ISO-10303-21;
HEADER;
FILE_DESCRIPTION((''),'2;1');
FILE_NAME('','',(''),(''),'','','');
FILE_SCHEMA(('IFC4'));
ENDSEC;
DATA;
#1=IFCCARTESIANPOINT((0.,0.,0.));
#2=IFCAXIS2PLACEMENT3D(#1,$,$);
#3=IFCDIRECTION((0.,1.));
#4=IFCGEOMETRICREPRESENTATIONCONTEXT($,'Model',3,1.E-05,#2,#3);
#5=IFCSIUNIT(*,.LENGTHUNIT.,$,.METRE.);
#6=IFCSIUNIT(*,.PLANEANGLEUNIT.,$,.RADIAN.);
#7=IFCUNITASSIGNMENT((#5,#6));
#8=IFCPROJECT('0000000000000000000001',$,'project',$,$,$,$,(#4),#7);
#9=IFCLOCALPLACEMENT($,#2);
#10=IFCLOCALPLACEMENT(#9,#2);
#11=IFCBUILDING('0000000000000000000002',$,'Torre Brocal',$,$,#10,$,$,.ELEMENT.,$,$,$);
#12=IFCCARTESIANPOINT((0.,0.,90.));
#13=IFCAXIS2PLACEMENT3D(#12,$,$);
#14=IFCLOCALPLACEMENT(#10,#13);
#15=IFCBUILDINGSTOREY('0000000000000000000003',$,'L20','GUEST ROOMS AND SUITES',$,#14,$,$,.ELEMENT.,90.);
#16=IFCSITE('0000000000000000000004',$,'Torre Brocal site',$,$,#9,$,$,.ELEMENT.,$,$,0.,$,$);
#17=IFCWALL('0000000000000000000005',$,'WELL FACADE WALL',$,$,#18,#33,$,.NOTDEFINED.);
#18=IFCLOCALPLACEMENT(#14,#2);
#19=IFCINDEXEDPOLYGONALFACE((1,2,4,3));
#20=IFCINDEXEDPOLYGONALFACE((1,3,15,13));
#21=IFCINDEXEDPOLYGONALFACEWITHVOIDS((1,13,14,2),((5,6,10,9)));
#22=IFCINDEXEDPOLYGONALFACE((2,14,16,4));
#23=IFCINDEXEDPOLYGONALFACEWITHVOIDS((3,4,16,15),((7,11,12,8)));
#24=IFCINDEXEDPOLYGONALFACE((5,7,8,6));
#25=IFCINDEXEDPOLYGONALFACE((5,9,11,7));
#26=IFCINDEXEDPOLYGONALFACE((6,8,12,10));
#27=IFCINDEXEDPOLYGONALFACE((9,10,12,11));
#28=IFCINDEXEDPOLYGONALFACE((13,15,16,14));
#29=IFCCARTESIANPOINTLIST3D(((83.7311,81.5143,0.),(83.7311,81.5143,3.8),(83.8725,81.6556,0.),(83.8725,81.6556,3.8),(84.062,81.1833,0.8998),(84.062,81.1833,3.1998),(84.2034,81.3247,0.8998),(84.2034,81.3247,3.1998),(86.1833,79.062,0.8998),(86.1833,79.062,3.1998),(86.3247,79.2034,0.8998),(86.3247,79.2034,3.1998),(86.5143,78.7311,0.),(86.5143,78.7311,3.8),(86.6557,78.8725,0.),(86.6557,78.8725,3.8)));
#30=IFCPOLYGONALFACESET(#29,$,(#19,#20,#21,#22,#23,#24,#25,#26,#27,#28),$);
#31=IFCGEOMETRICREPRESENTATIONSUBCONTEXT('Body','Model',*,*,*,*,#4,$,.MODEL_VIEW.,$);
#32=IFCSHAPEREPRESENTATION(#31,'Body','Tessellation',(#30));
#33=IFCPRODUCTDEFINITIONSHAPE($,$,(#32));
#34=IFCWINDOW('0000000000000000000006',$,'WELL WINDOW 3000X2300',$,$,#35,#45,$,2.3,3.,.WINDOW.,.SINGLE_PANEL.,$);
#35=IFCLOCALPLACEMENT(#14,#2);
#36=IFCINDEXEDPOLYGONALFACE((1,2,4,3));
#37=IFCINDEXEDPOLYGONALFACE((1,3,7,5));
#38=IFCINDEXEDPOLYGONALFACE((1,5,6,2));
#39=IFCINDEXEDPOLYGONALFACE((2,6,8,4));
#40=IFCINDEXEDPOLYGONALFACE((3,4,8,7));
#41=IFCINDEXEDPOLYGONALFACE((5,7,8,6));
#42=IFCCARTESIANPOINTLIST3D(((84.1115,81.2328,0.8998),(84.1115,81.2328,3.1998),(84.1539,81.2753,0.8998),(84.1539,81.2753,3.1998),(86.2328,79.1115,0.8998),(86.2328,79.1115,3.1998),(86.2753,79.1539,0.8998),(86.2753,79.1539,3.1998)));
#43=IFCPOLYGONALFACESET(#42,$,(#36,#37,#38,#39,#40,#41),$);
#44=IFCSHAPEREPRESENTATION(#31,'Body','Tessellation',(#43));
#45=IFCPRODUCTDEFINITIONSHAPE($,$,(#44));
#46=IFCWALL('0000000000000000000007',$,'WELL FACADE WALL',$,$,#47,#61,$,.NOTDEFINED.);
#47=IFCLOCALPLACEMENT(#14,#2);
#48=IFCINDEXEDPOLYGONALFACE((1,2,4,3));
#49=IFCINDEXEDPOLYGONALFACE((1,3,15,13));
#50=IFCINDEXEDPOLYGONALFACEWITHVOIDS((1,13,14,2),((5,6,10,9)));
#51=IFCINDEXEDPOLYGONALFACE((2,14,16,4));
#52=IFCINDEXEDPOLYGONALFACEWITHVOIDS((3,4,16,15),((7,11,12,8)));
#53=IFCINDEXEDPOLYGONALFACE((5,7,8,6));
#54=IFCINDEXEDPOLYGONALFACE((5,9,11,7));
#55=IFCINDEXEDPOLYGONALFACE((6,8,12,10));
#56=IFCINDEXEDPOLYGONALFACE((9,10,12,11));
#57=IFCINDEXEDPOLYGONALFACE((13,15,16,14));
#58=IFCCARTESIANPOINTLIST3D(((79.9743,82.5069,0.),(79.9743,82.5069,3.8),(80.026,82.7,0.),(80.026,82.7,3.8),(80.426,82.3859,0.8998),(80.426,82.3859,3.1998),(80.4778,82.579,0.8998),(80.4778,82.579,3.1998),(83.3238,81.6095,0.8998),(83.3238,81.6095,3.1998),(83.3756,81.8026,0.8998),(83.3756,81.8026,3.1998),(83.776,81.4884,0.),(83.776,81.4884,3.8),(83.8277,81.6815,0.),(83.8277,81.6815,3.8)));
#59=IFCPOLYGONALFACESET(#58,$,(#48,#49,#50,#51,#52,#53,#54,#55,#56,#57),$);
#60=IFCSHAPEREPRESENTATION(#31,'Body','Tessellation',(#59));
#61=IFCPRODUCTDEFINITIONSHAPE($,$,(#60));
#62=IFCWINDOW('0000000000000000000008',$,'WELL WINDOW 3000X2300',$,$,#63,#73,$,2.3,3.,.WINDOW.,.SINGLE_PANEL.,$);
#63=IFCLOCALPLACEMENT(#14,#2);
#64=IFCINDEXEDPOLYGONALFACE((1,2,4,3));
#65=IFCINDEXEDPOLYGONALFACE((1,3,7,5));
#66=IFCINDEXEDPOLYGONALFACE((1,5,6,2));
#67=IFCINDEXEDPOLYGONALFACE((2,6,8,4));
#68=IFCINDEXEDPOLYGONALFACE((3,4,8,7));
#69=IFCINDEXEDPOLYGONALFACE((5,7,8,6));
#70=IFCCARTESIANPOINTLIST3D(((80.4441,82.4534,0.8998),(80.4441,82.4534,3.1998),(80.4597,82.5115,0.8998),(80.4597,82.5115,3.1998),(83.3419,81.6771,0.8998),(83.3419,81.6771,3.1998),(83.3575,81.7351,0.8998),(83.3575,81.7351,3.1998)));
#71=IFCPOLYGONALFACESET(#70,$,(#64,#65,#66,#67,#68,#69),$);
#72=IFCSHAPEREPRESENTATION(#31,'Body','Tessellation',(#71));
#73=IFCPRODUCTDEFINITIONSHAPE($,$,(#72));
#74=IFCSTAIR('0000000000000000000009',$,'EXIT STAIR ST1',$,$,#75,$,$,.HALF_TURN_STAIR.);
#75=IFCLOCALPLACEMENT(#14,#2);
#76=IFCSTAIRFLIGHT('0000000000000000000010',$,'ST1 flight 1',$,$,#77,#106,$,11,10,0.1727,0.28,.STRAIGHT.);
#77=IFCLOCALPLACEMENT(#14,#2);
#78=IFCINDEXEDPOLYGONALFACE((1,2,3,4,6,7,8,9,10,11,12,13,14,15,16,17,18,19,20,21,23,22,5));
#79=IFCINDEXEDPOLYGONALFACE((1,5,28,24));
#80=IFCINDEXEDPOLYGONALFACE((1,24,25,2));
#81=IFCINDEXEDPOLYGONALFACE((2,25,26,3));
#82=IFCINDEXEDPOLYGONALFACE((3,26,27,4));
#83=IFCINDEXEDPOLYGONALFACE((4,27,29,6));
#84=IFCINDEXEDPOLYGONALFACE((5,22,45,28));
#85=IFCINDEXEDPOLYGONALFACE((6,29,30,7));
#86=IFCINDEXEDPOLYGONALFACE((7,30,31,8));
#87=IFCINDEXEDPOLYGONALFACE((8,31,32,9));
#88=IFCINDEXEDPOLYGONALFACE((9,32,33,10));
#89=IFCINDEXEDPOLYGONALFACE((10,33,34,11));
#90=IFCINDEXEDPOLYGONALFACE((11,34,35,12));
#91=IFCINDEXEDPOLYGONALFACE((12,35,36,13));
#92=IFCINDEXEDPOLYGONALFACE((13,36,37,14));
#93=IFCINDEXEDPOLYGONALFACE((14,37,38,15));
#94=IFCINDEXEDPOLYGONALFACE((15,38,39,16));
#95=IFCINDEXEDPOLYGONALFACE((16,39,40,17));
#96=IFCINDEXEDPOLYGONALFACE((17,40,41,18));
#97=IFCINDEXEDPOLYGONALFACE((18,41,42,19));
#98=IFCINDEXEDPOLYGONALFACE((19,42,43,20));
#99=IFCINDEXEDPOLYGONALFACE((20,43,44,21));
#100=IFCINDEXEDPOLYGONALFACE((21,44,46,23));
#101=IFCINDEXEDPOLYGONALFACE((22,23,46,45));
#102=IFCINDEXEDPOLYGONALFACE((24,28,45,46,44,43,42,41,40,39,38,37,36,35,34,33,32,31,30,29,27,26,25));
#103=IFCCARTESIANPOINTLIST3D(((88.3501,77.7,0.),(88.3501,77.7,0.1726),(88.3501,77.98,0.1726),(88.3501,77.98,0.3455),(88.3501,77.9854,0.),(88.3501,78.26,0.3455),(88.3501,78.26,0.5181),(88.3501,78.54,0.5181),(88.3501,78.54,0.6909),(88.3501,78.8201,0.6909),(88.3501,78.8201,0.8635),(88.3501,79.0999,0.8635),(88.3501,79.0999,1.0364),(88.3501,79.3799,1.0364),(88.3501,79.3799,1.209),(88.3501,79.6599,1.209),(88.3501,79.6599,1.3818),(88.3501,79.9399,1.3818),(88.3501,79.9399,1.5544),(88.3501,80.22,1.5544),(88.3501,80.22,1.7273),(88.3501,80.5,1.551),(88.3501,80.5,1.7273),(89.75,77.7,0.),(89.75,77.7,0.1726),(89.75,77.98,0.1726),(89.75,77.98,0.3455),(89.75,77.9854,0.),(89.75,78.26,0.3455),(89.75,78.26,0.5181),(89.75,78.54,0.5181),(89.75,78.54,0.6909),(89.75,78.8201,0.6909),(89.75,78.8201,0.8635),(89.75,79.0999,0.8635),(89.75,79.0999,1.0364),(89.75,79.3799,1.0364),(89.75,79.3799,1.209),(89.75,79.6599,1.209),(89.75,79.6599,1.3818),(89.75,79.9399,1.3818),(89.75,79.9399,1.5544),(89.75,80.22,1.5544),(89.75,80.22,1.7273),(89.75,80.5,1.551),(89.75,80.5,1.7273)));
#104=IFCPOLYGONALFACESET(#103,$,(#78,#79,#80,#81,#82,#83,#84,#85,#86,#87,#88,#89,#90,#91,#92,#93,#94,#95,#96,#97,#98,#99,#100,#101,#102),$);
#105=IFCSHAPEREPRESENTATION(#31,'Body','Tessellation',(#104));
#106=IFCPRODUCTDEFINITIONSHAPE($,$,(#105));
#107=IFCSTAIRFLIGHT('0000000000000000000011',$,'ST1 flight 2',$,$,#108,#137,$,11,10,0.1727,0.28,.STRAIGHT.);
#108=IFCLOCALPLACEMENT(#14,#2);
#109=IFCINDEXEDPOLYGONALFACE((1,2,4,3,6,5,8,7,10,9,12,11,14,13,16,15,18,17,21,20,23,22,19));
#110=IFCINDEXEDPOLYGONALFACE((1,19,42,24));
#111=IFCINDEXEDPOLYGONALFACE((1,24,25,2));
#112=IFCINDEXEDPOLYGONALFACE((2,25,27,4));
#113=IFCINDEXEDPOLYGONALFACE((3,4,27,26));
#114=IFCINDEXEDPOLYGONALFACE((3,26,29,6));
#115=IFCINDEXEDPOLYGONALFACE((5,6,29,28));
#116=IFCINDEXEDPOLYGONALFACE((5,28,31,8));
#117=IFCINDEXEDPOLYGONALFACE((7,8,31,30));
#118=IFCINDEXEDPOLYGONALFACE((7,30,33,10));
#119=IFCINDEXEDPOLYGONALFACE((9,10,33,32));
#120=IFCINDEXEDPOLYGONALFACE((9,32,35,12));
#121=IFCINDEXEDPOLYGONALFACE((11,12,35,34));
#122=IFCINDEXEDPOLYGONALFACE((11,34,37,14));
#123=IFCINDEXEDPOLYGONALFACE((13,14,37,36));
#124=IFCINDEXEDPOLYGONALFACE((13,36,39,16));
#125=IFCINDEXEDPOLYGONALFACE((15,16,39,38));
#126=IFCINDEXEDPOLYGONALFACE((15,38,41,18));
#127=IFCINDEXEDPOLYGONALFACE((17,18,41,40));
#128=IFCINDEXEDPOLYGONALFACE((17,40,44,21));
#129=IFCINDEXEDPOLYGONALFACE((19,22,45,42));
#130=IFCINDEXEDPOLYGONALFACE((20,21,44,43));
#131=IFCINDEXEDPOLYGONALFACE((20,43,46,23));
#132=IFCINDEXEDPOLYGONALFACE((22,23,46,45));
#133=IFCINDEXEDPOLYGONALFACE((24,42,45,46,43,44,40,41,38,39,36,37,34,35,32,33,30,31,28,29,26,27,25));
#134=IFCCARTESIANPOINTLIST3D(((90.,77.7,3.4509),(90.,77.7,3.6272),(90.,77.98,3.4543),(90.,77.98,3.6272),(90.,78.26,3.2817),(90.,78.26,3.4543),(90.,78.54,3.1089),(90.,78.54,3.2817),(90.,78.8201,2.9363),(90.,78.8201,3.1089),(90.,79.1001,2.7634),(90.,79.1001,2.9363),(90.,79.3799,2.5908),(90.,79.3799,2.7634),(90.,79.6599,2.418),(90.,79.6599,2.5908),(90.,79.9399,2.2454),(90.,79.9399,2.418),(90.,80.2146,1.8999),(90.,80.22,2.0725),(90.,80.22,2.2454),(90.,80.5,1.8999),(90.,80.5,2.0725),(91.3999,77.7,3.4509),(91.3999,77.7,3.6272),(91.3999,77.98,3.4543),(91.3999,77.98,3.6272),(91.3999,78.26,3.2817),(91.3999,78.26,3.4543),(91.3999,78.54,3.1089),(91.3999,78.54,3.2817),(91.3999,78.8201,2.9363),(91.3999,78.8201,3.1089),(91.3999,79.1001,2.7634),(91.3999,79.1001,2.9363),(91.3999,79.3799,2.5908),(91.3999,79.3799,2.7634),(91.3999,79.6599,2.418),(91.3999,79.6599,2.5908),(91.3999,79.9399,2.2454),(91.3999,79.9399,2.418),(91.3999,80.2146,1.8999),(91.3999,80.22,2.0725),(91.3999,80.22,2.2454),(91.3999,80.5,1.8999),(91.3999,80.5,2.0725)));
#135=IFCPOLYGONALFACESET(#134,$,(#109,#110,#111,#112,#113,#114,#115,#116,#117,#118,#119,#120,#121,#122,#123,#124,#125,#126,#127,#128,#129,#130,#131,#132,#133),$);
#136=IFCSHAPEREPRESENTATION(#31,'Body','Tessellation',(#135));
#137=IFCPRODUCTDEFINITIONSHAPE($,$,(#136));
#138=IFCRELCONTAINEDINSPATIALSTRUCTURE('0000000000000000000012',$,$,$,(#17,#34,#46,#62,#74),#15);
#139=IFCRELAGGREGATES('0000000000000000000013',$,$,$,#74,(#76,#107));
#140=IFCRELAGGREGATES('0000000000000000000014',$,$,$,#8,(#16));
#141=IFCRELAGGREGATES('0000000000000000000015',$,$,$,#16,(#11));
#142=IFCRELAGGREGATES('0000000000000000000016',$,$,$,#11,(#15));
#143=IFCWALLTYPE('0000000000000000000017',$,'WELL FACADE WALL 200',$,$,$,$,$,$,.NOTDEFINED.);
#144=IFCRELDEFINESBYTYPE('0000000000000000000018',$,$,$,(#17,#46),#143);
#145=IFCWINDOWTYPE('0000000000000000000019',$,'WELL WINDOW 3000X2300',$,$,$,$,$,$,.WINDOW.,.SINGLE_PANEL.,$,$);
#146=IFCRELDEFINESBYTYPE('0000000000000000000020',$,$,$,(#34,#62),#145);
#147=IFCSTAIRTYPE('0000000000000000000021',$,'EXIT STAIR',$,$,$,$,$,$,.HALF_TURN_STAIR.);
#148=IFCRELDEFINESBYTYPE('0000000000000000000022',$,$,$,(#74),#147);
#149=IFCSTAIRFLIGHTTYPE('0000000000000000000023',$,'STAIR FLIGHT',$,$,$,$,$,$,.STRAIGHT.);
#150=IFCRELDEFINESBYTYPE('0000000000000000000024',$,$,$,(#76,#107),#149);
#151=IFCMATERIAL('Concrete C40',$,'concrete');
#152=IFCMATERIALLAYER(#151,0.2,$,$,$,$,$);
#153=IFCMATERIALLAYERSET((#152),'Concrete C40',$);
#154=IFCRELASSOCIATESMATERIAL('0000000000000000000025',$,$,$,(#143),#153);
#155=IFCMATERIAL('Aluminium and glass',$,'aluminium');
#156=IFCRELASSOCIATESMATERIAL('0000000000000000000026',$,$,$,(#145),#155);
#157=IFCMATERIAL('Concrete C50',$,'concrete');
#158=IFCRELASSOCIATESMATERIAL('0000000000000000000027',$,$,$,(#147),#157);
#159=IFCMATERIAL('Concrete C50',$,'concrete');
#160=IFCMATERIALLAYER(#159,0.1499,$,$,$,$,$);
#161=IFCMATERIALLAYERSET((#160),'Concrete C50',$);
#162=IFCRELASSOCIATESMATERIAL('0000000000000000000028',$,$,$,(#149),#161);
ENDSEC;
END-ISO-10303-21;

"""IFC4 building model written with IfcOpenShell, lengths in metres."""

from ifc_helpers import new_model, si_unit, direction, frame, frame_2d, origin, place, context, subcontext, project, spatial, polyline, rectangle, outline, extrude, material, layer, layer_set, type_object, element, fill, aggregate, save


model = new_model("IFC4")

# Units and contexts
model_context = context("Model", 3, precision=1e-05, world=origin(), true_north=direction((0.0, 1.0)))
body_context = subcontext(model_context, "Body", "Model", "MODEL_VIEW")
ifc_project = project(units=[si_unit("LENGTHUNIT", "METRE"), si_unit("PLANEANGLEUNIT", "RADIAN")], contexts=[model_context])

# Site, building, storey
site_placement = place(None, origin())
site = spatial("IfcSite", under=ifc_project, at=site_placement, Name="Torre Brocal site", CompositionType="ELEMENT", RefElevation=0.0)
building_placement = place(site_placement, origin())
building = spatial("IfcBuilding", under=site, at=building_placement, Name="Torre Brocal", CompositionType="ELEMENT")
storey_placement = place(building_placement, frame((0.0, 0.0, 90.0)))
storey = spatial("IfcBuildingStorey", under=building, at=storey_placement, Name="L20", Description="GUEST ROOMS AND SUITES", CompositionType="ELEMENT", Elevation=90.0)

# Walls, openings, windows
ifc_material_1 = material(Name="Concrete C40", Category="concrete")
ifc_layer_1 = layer(ifc_material_1, 0.2)
ifc_layer_set_1 = layer_set([ifc_layer_1], Name="Concrete C40")
wall_type_1 = type_object("IfcWallType", Name="WELL FACADE WALL 200", PredefinedType="NOTDEFINED", material=ifc_layer_set_1)
wall_1_placement = place(storey_placement, frame((86.585, 78.8018, 0.0), z_axis=(0.0, 0.0, 1.0), x_axis=(-0.707107, 0.707107, 0.0)))
wall_1 = element("IfcWall", 1, at=wall_1_placement, inside=storey, type_object=wall_type_1, Name="WELL FACADE WALL", PredefinedType="NOTDEFINED", context=body_context, shape_type="SweptSolid", body=[
    extrude(rectangle(XDim=3.936, YDim=0.2, at=frame_2d((1.968, 0.0))), origin(), (0.0, 0.0, 1.0), 3.8),
])
opening_1_placement = place(wall_1_placement, frame((0.468, 0.0, 0.8999)))
opening_1 = element("IfcOpeningElement", 2, at=opening_1_placement, cuts=wall_1, PredefinedType="OPENING", context=body_context, shape_type="SweptSolid", body=[
    extrude(rectangle(XDim=3.0, YDim=2.3, at=frame_2d((1.5, 1.1499))), frame((0.0, 0.1099, 0.0), z_axis=(0.0, -1.0, 0.0), x_axis=(1.0, 0.0, 0.0)), (0.0, 0.0, 1.0), 0.22),
])
ifc_material_2 = material(Name="Aluminium and glass", Category="aluminium")
window_type = type_object("IfcWindowType", Name="WELL WINDOW 3000X2300", PartitioningType="SINGLE_PANEL", PredefinedType="WINDOW", material=ifc_material_2)
window_1_placement = place(opening_1_placement, origin())
window_1 = element("IfcWindow", 3, at=window_1_placement, inside=storey, type_object=window_type, Name="WELL WINDOW 3000X2300", OverallHeight=2.3, OverallWidth=3.0, PartitioningType="SINGLE_PANEL", PredefinedType="WINDOW", context=body_context, shape_type="SweptSolid", body=[
    extrude(rectangle(XDim=3.0, YDim=2.3, at=frame_2d((1.5, 1.1499))), frame((0.0, 0.03, 0.0), z_axis=(0.0, -1.0, 0.0), x_axis=(1.0, 0.0, 0.0)), (0.0, 0.0, 1.0), 0.0601),
])
fill(opening_1, window_1)
wall_2_placement = place(storey_placement, frame((83.8018, 81.585, 0.0), z_axis=(0.0, 0.0, 1.0), x_axis=(-0.965934, 0.25879, 0.0)))
wall_2 = element("IfcWall", 4, at=wall_2_placement, inside=storey, type_object=wall_type_1, Name="WELL FACADE WALL", PredefinedType="NOTDEFINED", context=body_context, shape_type="SweptSolid", body=[
    extrude(rectangle(XDim=3.9358, YDim=0.2, at=frame_2d((1.9678, 0.0))), origin(), (0.0, 0.0, 1.0), 3.8),
])
opening_2_placement = place(wall_2_placement, frame((0.468, 0.0, 0.8999)))
opening_2 = element("IfcOpeningElement", 5, at=opening_2_placement, cuts=wall_2, PredefinedType="OPENING", context=body_context, shape_type="SweptSolid", body=[
    extrude(rectangle(XDim=3.0, YDim=2.3, at=frame_2d((1.5, 1.1499))), frame((0.0, 0.1099, 0.0), z_axis=(0.0, -1.0, 0.0), x_axis=(1.0, 0.0, 0.0)), (0.0, 0.0, 1.0), 0.22),
])
window_2_placement = place(opening_2_placement, origin())
window_2 = element("IfcWindow", 6, at=window_2_placement, inside=storey, type_object=window_type, Name="WELL WINDOW 3000X2300", OverallHeight=2.3, OverallWidth=3.0, PartitioningType="SINGLE_PANEL", PredefinedType="WINDOW", context=body_context, shape_type="SweptSolid", body=[
    extrude(rectangle(XDim=3.0, YDim=2.3, at=frame_2d((1.5, 1.1499))), frame((0.0, 0.03, 0.0), z_axis=(0.0, -1.0, 0.0), x_axis=(1.0, 0.0, 0.0)), (0.0, 0.0, 1.0), 0.0601),
])
fill(opening_2, window_2)

# Stair, stair flights
ifc_material_3 = material(Name="Concrete C50", Category="concrete")
stair_type = type_object("IfcStairType", Name="EXIT STAIR", PredefinedType="HALF_TURN_STAIR", material=ifc_material_3)
stair_placement = place(storey_placement, origin())
stair = element("IfcStair", 7, at=stair_placement, inside=storey, type_object=stair_type, Name="EXIT STAIR ST1", PredefinedType="HALF_TURN_STAIR")
ifc_material_4 = material(Name="Concrete C50", Category="concrete")
ifc_layer_2 = layer(ifc_material_4, 0.1499)
ifc_layer_set_2 = layer_set([ifc_layer_2], Name="Concrete C50")
stair_flight_type = type_object("IfcStairFlightType", Name="STAIR FLIGHT", PredefinedType="STRAIGHT", material=ifc_layer_set_2)
stair_flight_1_placement = place(storey_placement, frame((89.05, 77.7, 0.0), z_axis=(0.0, 0.0, 1.0), x_axis=(0.0, 1.0, 0.0)))
stair_flight_1 = element("IfcStairFlight", 8, at=stair_flight_1_placement, type_object=stair_flight_type, Name="ST1 flight 1", NumberOfRisers=11, NumberOfTreads=10, PredefinedType="STRAIGHT", RiserHeight=0.1727, TreadLength=0.28, context=body_context, shape_type="SweptSolid", body=[
    extrude(outline(polyline([(0.0, 0.0), (0.0, 0.1726), (0.28, 0.1726), (0.28, 0.3455), (0.5601, 0.3455), (0.5601, 0.5181), (0.8401, 0.5181), (0.8401, 0.6909), (1.1201, 0.6909), (1.1201, 0.8635), (1.3999, 0.8635), (1.3999, 1.0364), (1.6799, 1.0364), (1.6799, 1.209), (1.96, 1.209), (1.96, 1.3818), (2.24, 1.3818), (2.24, 1.5544), (2.52, 1.5544), (2.52, 1.7273), (2.8, 1.7273), (2.8, 1.8999), (2.8, 1.551), (0.2854, 0.0), (0.0, 0.0)])), frame((0.0, 0.7, 0.0), z_axis=(0.0, -1.0, 0.0), x_axis=(1.0, 0.0, 0.0)), (0.0, 0.0, 1.0), 1.3999),
])
stair_flight_2_placement = place(storey_placement, frame((90.7, 80.5, 1.8999), z_axis=(0.0, 0.0, 1.0), x_axis=(0.0, -1.0, 0.0)))
stair_flight_2 = element("IfcStairFlight", 9, at=stair_flight_2_placement, type_object=stair_flight_type, Name="ST1 flight 2", NumberOfRisers=11, NumberOfTreads=10, PredefinedType="STRAIGHT", RiserHeight=0.1727, TreadLength=0.28, context=body_context, shape_type="SweptSolid", body=[
    extrude(outline(polyline([(0.0, 0.0), (0.0, 0.1726), (0.28, 0.1726), (0.28, 0.3455), (0.5601, 0.3455), (0.5601, 0.5181), (0.8401, 0.5181), (0.8401, 0.6909), (1.1201, 0.6909), (1.1201, 0.8635), (1.3999, 0.8635), (1.3999, 1.0364), (1.6799, 1.0364), (1.6799, 1.209), (1.96, 1.209), (1.96, 1.3818), (2.24, 1.3818), (2.24, 1.5544), (2.52, 1.5544), (2.52, 1.7273), (2.8, 1.7273), (2.8, 1.8999), (2.8, 1.551), (0.2854, 0.0), (0.0, 0.0)])), frame((0.0, 0.7, 0.0), z_axis=(0.0, -1.0, 0.0), x_axis=(1.0, 0.0, 0.0)), (0.0, 0.0, 1.0), 1.3999),
])
aggregate(stair, [stair_flight_1, stair_flight_2])

save(model, "model.ifc")
